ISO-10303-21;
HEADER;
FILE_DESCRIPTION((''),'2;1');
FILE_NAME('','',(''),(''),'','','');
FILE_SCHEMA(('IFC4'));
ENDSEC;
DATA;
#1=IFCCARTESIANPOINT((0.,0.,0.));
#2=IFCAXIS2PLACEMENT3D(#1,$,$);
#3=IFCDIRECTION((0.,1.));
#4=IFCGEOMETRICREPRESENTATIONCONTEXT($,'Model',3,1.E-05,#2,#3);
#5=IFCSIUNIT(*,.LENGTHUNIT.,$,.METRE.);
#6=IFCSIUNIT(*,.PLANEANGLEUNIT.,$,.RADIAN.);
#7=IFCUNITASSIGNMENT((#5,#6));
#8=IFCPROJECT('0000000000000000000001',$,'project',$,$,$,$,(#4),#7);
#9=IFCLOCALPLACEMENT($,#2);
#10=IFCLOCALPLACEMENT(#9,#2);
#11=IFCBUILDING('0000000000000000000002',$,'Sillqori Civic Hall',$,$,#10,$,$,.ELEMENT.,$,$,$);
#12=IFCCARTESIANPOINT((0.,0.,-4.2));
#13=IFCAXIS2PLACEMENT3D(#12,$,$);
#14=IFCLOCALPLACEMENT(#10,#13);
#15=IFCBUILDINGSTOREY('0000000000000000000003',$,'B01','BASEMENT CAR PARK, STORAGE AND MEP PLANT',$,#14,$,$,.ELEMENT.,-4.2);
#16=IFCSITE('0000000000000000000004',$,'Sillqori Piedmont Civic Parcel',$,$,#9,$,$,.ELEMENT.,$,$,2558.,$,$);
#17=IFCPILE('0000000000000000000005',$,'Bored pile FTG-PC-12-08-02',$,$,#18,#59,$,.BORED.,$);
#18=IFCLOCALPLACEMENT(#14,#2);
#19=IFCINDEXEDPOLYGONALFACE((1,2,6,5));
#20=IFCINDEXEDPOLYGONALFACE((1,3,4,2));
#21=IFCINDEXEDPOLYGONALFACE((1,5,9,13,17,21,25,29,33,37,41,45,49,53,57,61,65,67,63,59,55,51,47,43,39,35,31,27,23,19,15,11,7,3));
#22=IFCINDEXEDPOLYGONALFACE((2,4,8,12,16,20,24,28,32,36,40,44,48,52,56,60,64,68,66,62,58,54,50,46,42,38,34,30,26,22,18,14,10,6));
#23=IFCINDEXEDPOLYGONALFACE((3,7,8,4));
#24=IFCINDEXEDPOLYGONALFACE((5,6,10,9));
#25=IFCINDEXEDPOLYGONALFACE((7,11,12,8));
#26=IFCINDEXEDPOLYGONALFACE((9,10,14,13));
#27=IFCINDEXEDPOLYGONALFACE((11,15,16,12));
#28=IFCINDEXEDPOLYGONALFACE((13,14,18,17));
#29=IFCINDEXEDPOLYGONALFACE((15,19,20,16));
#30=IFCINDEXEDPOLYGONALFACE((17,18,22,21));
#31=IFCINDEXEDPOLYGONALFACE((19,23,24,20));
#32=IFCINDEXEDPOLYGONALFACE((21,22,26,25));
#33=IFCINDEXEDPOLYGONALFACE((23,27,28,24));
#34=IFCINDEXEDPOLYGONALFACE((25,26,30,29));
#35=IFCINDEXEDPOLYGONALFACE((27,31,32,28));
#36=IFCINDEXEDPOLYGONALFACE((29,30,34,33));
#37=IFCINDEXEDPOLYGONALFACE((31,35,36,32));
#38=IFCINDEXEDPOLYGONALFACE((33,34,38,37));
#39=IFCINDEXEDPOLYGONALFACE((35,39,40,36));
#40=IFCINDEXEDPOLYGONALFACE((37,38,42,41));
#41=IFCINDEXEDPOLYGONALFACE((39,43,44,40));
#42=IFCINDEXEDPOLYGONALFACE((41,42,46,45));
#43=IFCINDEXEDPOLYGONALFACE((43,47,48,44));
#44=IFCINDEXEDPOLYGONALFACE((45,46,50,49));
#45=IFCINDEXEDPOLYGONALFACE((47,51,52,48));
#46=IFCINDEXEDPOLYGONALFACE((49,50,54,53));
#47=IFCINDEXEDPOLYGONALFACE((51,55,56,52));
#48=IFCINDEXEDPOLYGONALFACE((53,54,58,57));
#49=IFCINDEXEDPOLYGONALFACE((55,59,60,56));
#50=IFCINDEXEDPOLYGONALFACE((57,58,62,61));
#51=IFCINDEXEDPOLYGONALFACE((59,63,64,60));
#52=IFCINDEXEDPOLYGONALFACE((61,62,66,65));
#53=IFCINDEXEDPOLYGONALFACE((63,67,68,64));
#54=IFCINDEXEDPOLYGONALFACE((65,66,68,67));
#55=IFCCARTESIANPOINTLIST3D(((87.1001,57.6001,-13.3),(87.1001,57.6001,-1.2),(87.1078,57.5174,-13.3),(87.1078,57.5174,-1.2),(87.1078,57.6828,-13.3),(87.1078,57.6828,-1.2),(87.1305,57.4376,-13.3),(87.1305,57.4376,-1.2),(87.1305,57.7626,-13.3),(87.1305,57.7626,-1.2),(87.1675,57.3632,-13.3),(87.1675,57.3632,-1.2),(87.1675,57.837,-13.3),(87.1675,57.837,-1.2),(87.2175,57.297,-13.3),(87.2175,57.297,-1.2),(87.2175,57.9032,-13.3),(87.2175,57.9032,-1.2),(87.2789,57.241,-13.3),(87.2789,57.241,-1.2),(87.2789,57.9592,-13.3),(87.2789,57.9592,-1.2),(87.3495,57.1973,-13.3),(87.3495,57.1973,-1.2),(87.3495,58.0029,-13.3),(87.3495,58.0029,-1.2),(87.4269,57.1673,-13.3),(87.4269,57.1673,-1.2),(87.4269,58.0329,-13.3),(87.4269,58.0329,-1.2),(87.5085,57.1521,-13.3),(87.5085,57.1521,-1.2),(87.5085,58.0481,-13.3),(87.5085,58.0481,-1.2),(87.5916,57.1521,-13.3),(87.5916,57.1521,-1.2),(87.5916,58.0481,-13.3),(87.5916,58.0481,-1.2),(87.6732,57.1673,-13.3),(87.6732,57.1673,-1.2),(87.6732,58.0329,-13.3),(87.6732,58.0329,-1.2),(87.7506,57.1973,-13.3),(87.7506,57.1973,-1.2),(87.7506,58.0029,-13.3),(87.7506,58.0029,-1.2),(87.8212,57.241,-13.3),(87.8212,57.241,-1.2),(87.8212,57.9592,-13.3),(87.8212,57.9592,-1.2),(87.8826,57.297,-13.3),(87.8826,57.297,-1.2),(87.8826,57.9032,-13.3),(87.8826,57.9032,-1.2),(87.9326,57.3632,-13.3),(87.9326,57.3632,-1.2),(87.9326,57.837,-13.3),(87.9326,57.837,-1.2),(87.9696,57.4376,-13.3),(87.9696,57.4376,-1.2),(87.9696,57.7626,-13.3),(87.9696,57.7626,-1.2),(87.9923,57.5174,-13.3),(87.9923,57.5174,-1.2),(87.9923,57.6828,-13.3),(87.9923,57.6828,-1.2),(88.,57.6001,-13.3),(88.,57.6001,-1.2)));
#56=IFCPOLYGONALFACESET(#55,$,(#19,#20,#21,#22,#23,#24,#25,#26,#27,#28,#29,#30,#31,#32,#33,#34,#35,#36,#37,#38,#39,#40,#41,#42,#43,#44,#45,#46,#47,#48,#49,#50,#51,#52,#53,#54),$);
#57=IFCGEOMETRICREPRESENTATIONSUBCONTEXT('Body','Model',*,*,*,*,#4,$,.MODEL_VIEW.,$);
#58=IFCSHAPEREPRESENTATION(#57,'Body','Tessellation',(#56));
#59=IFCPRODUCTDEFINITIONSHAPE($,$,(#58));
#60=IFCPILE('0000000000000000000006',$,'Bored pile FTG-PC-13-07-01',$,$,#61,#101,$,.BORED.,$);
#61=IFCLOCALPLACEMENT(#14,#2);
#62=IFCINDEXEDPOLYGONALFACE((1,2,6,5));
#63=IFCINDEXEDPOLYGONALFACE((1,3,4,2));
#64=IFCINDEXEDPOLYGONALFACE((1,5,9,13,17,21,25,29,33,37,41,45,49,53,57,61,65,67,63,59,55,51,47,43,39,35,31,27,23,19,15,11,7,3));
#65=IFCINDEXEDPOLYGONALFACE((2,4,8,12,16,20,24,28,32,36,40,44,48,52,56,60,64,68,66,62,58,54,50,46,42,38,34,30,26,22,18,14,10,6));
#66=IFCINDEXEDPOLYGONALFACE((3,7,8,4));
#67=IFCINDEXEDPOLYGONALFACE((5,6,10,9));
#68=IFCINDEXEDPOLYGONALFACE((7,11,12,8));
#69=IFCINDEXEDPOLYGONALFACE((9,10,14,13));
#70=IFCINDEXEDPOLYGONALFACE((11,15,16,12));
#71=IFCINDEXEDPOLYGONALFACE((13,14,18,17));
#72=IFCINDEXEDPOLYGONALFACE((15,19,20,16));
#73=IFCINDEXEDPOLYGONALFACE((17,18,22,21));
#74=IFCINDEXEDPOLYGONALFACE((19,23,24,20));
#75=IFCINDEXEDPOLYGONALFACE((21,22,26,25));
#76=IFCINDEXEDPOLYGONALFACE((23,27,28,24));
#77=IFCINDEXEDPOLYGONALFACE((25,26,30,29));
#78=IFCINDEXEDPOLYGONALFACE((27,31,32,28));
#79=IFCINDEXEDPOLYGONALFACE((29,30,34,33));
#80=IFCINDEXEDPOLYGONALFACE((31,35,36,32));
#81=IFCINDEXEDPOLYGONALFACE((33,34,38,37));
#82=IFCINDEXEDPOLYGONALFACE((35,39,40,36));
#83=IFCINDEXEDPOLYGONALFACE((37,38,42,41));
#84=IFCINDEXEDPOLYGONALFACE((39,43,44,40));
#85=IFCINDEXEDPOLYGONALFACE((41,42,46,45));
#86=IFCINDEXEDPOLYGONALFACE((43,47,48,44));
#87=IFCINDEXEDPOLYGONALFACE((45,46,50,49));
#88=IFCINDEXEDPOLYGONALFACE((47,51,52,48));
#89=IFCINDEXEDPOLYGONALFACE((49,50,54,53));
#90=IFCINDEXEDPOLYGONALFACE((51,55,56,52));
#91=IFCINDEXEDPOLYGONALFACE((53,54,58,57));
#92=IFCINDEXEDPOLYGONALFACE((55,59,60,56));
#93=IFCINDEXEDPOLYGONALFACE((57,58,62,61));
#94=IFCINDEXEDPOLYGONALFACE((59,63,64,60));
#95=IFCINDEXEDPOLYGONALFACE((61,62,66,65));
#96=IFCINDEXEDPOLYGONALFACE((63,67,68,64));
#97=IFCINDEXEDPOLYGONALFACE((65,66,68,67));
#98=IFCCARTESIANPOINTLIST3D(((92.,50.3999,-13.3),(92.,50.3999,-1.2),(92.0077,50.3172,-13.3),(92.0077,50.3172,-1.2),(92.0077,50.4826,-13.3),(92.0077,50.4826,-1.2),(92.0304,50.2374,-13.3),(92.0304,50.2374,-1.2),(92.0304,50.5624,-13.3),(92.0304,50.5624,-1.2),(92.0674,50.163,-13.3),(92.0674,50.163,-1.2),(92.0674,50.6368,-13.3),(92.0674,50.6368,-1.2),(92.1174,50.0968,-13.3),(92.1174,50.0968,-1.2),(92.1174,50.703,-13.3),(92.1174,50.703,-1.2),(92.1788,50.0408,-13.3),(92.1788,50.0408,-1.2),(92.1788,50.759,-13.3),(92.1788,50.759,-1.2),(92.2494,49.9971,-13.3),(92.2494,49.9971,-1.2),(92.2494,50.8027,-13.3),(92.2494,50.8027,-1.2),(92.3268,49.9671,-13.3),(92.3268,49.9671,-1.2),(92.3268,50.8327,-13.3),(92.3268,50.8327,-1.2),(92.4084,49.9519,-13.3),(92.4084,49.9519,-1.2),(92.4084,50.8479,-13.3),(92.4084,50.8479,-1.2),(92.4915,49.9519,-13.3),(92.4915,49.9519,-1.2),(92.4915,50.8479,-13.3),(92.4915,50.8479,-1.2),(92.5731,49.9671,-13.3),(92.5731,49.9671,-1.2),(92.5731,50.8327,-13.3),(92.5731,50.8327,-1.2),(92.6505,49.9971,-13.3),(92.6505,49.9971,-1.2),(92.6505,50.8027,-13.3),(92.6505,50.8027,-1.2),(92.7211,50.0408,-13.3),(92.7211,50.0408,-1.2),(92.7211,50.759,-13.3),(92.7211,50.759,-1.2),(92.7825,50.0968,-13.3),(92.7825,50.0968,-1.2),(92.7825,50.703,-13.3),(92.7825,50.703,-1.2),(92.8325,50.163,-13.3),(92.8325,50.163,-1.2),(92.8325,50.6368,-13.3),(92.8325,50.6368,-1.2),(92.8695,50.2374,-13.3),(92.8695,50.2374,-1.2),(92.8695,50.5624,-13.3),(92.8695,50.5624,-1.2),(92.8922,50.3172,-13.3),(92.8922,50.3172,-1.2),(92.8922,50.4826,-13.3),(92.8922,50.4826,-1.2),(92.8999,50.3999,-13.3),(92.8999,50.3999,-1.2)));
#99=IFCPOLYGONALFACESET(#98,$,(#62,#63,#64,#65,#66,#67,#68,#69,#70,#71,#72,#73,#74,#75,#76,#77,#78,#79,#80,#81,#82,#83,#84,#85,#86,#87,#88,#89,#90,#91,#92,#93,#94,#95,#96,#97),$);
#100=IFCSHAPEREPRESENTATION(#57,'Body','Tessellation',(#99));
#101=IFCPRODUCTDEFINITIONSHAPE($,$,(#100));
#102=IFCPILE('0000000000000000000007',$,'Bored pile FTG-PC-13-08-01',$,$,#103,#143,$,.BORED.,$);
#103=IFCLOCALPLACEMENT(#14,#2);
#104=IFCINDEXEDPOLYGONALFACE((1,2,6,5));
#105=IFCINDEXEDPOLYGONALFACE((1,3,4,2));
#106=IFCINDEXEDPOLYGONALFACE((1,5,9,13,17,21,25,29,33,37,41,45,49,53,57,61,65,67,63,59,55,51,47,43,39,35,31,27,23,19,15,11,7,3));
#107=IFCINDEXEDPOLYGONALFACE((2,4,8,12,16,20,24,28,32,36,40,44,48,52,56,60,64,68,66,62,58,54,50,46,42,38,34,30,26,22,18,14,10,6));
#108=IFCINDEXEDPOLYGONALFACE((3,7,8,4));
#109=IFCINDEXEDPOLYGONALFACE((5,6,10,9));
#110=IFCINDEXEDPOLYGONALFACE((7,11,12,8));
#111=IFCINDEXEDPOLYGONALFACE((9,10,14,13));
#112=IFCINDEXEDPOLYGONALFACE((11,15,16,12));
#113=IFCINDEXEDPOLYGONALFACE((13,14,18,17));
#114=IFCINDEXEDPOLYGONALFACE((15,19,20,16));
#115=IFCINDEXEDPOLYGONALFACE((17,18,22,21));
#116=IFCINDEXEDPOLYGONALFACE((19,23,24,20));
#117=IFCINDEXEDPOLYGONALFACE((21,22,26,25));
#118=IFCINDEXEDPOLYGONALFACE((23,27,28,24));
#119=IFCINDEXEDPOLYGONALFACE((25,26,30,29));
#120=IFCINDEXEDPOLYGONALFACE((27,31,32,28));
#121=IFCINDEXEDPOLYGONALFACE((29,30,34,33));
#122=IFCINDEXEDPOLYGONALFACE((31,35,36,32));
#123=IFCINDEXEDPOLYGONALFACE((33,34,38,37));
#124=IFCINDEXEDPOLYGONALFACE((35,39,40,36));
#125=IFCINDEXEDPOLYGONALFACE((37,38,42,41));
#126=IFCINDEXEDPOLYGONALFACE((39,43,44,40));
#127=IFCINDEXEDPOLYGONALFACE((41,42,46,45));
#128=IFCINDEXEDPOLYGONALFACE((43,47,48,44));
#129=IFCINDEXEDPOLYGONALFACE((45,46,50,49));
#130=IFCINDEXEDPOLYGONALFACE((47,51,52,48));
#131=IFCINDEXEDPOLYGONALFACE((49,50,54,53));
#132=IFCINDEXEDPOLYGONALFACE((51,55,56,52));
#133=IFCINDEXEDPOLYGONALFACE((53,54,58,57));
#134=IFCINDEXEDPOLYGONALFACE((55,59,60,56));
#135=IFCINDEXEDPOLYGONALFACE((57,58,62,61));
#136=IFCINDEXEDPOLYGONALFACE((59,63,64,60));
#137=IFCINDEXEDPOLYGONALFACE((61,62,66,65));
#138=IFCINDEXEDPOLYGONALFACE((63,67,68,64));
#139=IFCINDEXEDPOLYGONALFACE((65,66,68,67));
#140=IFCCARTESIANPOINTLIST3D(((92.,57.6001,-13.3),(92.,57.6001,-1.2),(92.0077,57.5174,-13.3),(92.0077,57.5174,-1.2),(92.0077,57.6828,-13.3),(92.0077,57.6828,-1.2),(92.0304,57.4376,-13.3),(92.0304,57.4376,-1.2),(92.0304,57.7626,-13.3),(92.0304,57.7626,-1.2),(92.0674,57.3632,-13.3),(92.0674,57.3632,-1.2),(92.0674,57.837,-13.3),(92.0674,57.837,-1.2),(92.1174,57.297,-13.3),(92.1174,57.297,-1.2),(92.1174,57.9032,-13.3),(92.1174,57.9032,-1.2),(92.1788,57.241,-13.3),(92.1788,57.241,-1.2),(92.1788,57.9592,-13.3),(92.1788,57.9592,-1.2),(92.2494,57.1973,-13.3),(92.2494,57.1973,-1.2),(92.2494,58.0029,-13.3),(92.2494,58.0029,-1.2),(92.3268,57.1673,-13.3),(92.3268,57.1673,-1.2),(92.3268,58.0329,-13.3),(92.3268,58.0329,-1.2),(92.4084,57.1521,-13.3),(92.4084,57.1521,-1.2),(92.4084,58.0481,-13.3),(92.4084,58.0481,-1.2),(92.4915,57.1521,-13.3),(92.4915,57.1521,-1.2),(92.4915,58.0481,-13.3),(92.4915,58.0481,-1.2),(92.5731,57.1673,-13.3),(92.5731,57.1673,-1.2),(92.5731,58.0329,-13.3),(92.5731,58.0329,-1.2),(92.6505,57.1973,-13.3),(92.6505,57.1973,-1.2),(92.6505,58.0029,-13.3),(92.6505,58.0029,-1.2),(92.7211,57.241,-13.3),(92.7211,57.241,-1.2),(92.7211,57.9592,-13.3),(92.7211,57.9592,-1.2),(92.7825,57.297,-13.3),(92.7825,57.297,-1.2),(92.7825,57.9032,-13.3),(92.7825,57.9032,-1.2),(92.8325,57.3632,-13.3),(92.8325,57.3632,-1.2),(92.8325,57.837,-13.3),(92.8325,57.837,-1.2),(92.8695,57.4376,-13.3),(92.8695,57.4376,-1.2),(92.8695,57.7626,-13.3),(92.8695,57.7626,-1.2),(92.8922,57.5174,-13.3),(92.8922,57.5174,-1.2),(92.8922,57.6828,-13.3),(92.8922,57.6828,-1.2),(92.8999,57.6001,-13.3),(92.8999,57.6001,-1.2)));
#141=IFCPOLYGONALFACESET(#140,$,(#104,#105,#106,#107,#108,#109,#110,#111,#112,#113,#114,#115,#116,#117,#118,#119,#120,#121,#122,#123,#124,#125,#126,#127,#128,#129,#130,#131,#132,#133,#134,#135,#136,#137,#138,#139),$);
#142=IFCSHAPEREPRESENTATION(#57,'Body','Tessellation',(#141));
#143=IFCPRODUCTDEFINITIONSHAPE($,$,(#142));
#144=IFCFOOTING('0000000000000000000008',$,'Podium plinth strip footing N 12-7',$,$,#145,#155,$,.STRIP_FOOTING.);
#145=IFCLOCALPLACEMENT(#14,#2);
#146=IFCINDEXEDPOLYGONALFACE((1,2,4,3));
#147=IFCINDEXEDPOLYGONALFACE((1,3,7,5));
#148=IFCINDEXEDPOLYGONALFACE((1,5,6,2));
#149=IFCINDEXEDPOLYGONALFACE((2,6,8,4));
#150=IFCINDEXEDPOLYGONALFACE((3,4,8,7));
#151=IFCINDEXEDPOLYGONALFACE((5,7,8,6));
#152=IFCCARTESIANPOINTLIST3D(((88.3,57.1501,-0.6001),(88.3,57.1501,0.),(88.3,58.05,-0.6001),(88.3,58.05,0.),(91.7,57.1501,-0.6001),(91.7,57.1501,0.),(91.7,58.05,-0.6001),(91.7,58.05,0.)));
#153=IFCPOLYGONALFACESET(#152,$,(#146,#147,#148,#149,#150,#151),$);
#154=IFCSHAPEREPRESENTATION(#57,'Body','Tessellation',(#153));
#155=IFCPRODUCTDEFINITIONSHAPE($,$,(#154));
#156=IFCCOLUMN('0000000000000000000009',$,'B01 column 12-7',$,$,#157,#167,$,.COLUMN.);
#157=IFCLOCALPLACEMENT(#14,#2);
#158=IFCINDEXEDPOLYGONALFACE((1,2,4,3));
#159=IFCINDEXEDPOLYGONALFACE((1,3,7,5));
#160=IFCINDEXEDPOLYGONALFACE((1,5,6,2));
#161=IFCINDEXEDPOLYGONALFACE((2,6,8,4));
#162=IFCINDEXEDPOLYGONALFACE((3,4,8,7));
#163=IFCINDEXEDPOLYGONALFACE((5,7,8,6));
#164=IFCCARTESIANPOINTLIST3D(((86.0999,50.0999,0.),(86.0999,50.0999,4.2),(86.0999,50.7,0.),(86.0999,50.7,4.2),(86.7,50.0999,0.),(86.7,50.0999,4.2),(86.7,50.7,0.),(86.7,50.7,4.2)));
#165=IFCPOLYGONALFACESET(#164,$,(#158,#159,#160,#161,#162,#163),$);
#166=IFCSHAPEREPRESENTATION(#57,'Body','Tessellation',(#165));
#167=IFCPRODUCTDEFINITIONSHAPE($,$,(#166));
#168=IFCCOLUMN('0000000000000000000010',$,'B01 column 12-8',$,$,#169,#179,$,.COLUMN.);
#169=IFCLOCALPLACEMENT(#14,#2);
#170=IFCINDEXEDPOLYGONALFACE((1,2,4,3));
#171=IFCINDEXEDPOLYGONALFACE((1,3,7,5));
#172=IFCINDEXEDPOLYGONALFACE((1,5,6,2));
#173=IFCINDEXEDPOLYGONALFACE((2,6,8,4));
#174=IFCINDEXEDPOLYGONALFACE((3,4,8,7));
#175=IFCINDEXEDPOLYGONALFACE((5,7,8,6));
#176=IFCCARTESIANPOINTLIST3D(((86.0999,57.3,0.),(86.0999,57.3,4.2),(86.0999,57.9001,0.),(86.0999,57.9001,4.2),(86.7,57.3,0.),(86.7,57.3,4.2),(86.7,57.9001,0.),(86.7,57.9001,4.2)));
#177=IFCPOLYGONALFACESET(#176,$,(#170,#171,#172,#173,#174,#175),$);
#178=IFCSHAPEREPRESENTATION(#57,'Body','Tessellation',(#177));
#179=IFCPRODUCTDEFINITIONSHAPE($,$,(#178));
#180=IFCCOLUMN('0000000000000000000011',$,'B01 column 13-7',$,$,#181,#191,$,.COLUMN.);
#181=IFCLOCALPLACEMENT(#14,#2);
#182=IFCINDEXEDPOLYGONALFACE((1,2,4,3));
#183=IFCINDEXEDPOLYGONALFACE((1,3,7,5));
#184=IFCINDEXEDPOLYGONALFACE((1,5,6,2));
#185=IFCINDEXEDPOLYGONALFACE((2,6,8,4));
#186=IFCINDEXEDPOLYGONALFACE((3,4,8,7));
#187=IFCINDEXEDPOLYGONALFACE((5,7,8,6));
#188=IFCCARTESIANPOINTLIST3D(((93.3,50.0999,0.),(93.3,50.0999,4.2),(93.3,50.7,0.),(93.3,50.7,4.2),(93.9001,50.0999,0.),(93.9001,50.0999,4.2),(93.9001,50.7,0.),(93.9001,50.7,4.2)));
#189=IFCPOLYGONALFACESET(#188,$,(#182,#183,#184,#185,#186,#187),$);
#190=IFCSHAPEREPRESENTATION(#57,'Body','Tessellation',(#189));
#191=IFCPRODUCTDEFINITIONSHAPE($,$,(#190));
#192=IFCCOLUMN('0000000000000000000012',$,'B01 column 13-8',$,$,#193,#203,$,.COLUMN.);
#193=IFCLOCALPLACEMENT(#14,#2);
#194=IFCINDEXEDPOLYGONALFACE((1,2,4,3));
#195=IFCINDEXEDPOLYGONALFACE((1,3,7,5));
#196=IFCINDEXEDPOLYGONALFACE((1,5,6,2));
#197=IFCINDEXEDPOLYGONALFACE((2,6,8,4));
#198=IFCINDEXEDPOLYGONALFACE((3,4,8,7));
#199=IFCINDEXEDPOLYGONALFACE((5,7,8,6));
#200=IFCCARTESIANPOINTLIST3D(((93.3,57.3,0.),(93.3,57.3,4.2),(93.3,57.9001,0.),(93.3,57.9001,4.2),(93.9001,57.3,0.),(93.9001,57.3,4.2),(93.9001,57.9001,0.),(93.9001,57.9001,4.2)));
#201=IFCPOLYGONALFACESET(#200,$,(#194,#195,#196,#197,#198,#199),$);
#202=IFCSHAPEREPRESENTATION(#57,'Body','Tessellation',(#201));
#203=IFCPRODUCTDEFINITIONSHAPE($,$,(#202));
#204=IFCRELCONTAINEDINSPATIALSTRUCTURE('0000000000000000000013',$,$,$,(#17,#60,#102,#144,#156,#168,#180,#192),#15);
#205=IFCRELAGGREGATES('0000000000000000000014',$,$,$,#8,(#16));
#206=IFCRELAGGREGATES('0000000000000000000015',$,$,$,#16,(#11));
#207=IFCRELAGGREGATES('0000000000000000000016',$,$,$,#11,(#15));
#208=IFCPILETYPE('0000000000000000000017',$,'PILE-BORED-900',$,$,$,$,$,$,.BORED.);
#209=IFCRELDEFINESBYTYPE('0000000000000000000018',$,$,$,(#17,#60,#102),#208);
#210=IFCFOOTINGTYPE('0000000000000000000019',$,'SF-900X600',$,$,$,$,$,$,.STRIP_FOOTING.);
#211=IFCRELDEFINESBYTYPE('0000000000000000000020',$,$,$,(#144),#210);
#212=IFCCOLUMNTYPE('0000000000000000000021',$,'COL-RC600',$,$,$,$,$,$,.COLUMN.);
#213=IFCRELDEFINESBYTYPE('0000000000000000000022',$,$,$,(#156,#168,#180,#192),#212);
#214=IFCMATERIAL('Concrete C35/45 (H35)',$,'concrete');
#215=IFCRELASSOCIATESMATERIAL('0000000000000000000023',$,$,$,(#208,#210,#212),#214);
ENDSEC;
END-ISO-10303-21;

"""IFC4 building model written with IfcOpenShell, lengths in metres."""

from ifc_helpers import new_model, si_unit, direction, frame, origin, origin_2d, place, context, subcontext, project, spatial, rectangle, circle, extrude, material, material_profile, profile_set, type_object, element, save


model = new_model("IFC4")

# Units and contexts
model_context = context("Model", 3, precision=1e-05, world=origin(), true_north=direction((0.0, 1.0)))
body_context = subcontext(model_context, "Body", "Model", "MODEL_VIEW")
ifc_project = project(units=[si_unit("LENGTHUNIT", "METRE"), si_unit("PLANEANGLEUNIT", "RADIAN")], contexts=[model_context])

# Site, building, storey
site_placement = place(None, origin())
site = spatial("IfcSite", under=ifc_project, at=site_placement, Name="Sillqori Piedmont Civic Parcel", CompositionType="ELEMENT", RefElevation=2558.0)
building_placement = place(site_placement, origin())
building = spatial("IfcBuilding", under=site, at=building_placement, Name="Sillqori Civic Hall", CompositionType="ELEMENT")
storey_placement = place(building_placement, frame((0.0, 0.0, -4.2)))
storey = spatial("IfcBuildingStorey", under=building, at=storey_placement, Name="B01", Description="BASEMENT CAR PARK, STORAGE AND MEP PLANT", CompositionType="ELEMENT", Elevation=-4.2)

# Shared definitions
ifc_material = material(Name="Concrete C35/45 (H35)", Category="concrete")

# Piles
ifc_material_profile_1 = material_profile(ifc_material, circle(Radius=0.45, at=origin_2d()), Name="BORED PILE 900")
ifc_profile_set_1 = profile_set([ifc_material_profile_1], Name="Concrete C35/45 (H35)")
pile_type = type_object("IfcPileType", Name="PILE-BORED-900", PredefinedType="BORED", material=ifc_profile_set_1)
for number, where, z_axis, x_axis, name in (
    (1, (87.55, 57.6001, -1.2), (0.0, 0.0, -1.0), (1.0, 0.0, 0.0), "Bored pile FTG-PC-12-08-02"),
    (2, (92.45, 50.3999, -1.2), (0.0, 0.0, -1.0), (1.0, 0.0, 0.0), "Bored pile FTG-PC-13-07-01"),
    (3, (92.45, 57.6001, -1.2), (0.0, 0.0, -1.0), (1.0, 0.0, 0.0), "Bored pile FTG-PC-13-08-01"),
):
    element("IfcPile", number, at=place(storey_placement, frame(where, z_axis=z_axis, x_axis=x_axis)), inside=storey, type_object=pile_type, Name=name, PredefinedType="BORED", context=body_context, shape_type="SweptSolid", body=[
        extrude(circle(Radius=0.45, at=origin_2d()), origin(), (0.0, 0.0, 1.0), 12.1001),
    ])

# Footing
footing_type_1 = type_object("IfcFootingType", Name="SF-900X600", PredefinedType="STRIP_FOOTING", material=ifc_material)
footing_1_placement = place(storey_placement, frame((90.0, 57.6001, -0.6001), z_axis=(0.0, 0.0, 1.0), x_axis=(1.0, 0.0, 0.0)))
element("IfcFooting", 4, at=footing_1_placement, inside=storey, type_object=footing_type_1, Name="Podium plinth strip footing N 12-7", PredefinedType="STRIP_FOOTING", context=body_context, shape_type="SweptSolid", body=[
    extrude(rectangle(XDim=3.3999, YDim=0.8999, at=origin_2d()), origin(), (0.0, 0.0, 1.0), 0.6001),
])

# Columns
ifc_material_profile_2 = material_profile(ifc_material, rectangle(XDim=0.6001, YDim=0.6001, at=origin_2d()), Name="RC 600x600")
ifc_profile_set_2 = profile_set([ifc_material_profile_2], Name="Concrete C35/45 (H35)")
column_type = type_object("IfcColumnType", Name="COL-RC600", PredefinedType="COLUMN", material=ifc_profile_set_2)
for number, where, z_axis, x_axis, name in (
    (5, (86.3999, 50.3999, 0.0), (0.0, 0.0, 1.0), (1.0, 0.0, 0.0), "B01 column 12-7"),
    (6, (86.3999, 57.6001, 0.0), (0.0, 0.0, 1.0), (1.0, 0.0, 0.0), "B01 column 12-8"),
    (7, (93.6001, 50.3999, 0.0), (0.0, 0.0, 1.0), (1.0, 0.0, 0.0), "B01 column 13-7"),
    (8, (93.6001, 57.6001, 0.0), (0.0, 0.0, 1.0), (1.0, 0.0, 0.0), "B01 column 13-8"),
):
    element("IfcColumn", number, at=place(storey_placement, frame(where, z_axis=z_axis, x_axis=x_axis)), inside=storey, type_object=column_type, Name=name, PredefinedType="COLUMN", context=body_context, shape_type="SweptSolid", body=[
        extrude(rectangle(XDim=0.6001, YDim=0.6001, at=origin_2d()), origin(), (0.0, 0.0, 1.0), 4.2),
    ])

save(model, "model.ifc")
